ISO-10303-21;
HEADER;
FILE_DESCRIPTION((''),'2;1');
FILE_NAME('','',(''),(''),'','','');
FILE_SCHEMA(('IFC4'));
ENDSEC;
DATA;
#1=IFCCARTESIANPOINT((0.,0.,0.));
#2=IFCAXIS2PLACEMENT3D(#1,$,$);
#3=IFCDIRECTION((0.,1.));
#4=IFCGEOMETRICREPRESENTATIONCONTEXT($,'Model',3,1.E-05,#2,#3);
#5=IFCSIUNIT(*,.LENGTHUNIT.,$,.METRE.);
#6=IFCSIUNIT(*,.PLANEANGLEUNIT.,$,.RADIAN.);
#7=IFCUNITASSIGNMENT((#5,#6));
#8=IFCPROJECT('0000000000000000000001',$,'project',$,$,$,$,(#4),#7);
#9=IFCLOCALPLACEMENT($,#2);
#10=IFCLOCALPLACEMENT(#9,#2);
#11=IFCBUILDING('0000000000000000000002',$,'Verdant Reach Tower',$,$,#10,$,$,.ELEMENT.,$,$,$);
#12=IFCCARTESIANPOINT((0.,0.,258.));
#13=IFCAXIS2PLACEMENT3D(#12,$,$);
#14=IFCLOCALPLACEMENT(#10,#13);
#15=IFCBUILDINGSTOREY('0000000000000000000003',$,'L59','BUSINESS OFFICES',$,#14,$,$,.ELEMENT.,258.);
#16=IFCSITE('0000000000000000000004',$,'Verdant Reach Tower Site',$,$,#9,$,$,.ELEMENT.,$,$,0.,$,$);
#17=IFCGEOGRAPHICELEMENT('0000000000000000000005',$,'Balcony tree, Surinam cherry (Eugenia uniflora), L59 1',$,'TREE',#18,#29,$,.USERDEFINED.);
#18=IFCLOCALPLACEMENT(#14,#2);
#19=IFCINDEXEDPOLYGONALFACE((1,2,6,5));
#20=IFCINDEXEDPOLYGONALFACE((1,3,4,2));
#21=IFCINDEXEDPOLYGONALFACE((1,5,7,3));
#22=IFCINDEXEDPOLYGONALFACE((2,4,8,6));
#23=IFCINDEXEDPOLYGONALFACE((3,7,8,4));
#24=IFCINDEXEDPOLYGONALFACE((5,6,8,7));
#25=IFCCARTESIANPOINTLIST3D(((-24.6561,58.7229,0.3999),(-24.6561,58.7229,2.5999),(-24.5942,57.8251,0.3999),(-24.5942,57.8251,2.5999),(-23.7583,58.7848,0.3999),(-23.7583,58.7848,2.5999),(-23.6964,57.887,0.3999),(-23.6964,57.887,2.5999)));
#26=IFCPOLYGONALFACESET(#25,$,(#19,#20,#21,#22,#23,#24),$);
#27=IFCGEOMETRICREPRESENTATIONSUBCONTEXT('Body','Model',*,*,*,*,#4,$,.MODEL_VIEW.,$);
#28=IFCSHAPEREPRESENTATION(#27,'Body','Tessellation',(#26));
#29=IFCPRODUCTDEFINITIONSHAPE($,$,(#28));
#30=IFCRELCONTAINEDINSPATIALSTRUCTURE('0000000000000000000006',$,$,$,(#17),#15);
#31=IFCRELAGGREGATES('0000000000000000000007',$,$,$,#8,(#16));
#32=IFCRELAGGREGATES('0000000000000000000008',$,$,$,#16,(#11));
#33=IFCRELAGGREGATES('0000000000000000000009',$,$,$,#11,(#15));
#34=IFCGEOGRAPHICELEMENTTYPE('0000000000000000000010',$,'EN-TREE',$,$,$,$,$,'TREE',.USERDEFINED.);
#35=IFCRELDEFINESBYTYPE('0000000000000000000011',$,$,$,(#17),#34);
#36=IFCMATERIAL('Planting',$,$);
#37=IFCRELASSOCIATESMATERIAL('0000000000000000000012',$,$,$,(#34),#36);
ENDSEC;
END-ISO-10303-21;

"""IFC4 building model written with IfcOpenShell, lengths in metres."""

from ifc_helpers import new_model, si_unit, direction, frame, origin, origin_2d, place, context, subcontext, project, spatial, rectangle, extrude, material, type_object, element, save


model = new_model("IFC4")

# Units and contexts
model_context = context("Model", 3, precision=1e-05, world=origin(), true_north=direction((0.0, 1.0)))
body_context = subcontext(model_context, "Body", "Model", "MODEL_VIEW")
ifc_project = project(units=[si_unit("LENGTHUNIT", "METRE"), si_unit("PLANEANGLEUNIT", "RADIAN")], contexts=[model_context])

# Site, building, storey
site_placement = place(None, origin())
site = spatial("IfcSite", under=ifc_project, at=site_placement, Name="Verdant Reach Tower Site", CompositionType="ELEMENT", RefElevation=0.0)
building_placement = place(site_placement, origin())
building = spatial("IfcBuilding", under=site, at=building_placement, Name="Verdant Reach Tower", CompositionType="ELEMENT")
storey_placement = place(building_placement, frame((0.0, 0.0, 258.0)))
storey = spatial("IfcBuildingStorey", under=building, at=storey_placement, Name="L59", Description="BUSINESS OFFICES", CompositionType="ELEMENT", Elevation=258.0)

# Geographic element
ifc_material_1 = material(Name="Planting")
geographic_element_type = type_object("IfcGeographicElementType", Name="EN-TREE", ElementType="TREE", PredefinedType="USERDEFINED", material=ifc_material_1)
geographic_element_placement = place(storey_placement, frame((-24.1763, 58.3049, 0.3999), z_axis=(0.0, 0.0, 1.0), x_axis=(0.068802, -0.99763, 0.0)))
element("IfcGeographicElement", 1, at=geographic_element_placement, inside=storey, type_object=geographic_element_type, Name="Balcony tree, Surinam cherry (Eugenia uniflora), L59 1", ObjectType="TREE", PredefinedType="USERDEFINED", context=body_context, shape_type="SweptSolid", body=[
    extrude(rectangle(XDim=0.8999, YDim=0.8999, at=origin_2d()), origin(), (0.0, 0.0, 1.0), 2.2),
])

save(model, "model.ifc")
